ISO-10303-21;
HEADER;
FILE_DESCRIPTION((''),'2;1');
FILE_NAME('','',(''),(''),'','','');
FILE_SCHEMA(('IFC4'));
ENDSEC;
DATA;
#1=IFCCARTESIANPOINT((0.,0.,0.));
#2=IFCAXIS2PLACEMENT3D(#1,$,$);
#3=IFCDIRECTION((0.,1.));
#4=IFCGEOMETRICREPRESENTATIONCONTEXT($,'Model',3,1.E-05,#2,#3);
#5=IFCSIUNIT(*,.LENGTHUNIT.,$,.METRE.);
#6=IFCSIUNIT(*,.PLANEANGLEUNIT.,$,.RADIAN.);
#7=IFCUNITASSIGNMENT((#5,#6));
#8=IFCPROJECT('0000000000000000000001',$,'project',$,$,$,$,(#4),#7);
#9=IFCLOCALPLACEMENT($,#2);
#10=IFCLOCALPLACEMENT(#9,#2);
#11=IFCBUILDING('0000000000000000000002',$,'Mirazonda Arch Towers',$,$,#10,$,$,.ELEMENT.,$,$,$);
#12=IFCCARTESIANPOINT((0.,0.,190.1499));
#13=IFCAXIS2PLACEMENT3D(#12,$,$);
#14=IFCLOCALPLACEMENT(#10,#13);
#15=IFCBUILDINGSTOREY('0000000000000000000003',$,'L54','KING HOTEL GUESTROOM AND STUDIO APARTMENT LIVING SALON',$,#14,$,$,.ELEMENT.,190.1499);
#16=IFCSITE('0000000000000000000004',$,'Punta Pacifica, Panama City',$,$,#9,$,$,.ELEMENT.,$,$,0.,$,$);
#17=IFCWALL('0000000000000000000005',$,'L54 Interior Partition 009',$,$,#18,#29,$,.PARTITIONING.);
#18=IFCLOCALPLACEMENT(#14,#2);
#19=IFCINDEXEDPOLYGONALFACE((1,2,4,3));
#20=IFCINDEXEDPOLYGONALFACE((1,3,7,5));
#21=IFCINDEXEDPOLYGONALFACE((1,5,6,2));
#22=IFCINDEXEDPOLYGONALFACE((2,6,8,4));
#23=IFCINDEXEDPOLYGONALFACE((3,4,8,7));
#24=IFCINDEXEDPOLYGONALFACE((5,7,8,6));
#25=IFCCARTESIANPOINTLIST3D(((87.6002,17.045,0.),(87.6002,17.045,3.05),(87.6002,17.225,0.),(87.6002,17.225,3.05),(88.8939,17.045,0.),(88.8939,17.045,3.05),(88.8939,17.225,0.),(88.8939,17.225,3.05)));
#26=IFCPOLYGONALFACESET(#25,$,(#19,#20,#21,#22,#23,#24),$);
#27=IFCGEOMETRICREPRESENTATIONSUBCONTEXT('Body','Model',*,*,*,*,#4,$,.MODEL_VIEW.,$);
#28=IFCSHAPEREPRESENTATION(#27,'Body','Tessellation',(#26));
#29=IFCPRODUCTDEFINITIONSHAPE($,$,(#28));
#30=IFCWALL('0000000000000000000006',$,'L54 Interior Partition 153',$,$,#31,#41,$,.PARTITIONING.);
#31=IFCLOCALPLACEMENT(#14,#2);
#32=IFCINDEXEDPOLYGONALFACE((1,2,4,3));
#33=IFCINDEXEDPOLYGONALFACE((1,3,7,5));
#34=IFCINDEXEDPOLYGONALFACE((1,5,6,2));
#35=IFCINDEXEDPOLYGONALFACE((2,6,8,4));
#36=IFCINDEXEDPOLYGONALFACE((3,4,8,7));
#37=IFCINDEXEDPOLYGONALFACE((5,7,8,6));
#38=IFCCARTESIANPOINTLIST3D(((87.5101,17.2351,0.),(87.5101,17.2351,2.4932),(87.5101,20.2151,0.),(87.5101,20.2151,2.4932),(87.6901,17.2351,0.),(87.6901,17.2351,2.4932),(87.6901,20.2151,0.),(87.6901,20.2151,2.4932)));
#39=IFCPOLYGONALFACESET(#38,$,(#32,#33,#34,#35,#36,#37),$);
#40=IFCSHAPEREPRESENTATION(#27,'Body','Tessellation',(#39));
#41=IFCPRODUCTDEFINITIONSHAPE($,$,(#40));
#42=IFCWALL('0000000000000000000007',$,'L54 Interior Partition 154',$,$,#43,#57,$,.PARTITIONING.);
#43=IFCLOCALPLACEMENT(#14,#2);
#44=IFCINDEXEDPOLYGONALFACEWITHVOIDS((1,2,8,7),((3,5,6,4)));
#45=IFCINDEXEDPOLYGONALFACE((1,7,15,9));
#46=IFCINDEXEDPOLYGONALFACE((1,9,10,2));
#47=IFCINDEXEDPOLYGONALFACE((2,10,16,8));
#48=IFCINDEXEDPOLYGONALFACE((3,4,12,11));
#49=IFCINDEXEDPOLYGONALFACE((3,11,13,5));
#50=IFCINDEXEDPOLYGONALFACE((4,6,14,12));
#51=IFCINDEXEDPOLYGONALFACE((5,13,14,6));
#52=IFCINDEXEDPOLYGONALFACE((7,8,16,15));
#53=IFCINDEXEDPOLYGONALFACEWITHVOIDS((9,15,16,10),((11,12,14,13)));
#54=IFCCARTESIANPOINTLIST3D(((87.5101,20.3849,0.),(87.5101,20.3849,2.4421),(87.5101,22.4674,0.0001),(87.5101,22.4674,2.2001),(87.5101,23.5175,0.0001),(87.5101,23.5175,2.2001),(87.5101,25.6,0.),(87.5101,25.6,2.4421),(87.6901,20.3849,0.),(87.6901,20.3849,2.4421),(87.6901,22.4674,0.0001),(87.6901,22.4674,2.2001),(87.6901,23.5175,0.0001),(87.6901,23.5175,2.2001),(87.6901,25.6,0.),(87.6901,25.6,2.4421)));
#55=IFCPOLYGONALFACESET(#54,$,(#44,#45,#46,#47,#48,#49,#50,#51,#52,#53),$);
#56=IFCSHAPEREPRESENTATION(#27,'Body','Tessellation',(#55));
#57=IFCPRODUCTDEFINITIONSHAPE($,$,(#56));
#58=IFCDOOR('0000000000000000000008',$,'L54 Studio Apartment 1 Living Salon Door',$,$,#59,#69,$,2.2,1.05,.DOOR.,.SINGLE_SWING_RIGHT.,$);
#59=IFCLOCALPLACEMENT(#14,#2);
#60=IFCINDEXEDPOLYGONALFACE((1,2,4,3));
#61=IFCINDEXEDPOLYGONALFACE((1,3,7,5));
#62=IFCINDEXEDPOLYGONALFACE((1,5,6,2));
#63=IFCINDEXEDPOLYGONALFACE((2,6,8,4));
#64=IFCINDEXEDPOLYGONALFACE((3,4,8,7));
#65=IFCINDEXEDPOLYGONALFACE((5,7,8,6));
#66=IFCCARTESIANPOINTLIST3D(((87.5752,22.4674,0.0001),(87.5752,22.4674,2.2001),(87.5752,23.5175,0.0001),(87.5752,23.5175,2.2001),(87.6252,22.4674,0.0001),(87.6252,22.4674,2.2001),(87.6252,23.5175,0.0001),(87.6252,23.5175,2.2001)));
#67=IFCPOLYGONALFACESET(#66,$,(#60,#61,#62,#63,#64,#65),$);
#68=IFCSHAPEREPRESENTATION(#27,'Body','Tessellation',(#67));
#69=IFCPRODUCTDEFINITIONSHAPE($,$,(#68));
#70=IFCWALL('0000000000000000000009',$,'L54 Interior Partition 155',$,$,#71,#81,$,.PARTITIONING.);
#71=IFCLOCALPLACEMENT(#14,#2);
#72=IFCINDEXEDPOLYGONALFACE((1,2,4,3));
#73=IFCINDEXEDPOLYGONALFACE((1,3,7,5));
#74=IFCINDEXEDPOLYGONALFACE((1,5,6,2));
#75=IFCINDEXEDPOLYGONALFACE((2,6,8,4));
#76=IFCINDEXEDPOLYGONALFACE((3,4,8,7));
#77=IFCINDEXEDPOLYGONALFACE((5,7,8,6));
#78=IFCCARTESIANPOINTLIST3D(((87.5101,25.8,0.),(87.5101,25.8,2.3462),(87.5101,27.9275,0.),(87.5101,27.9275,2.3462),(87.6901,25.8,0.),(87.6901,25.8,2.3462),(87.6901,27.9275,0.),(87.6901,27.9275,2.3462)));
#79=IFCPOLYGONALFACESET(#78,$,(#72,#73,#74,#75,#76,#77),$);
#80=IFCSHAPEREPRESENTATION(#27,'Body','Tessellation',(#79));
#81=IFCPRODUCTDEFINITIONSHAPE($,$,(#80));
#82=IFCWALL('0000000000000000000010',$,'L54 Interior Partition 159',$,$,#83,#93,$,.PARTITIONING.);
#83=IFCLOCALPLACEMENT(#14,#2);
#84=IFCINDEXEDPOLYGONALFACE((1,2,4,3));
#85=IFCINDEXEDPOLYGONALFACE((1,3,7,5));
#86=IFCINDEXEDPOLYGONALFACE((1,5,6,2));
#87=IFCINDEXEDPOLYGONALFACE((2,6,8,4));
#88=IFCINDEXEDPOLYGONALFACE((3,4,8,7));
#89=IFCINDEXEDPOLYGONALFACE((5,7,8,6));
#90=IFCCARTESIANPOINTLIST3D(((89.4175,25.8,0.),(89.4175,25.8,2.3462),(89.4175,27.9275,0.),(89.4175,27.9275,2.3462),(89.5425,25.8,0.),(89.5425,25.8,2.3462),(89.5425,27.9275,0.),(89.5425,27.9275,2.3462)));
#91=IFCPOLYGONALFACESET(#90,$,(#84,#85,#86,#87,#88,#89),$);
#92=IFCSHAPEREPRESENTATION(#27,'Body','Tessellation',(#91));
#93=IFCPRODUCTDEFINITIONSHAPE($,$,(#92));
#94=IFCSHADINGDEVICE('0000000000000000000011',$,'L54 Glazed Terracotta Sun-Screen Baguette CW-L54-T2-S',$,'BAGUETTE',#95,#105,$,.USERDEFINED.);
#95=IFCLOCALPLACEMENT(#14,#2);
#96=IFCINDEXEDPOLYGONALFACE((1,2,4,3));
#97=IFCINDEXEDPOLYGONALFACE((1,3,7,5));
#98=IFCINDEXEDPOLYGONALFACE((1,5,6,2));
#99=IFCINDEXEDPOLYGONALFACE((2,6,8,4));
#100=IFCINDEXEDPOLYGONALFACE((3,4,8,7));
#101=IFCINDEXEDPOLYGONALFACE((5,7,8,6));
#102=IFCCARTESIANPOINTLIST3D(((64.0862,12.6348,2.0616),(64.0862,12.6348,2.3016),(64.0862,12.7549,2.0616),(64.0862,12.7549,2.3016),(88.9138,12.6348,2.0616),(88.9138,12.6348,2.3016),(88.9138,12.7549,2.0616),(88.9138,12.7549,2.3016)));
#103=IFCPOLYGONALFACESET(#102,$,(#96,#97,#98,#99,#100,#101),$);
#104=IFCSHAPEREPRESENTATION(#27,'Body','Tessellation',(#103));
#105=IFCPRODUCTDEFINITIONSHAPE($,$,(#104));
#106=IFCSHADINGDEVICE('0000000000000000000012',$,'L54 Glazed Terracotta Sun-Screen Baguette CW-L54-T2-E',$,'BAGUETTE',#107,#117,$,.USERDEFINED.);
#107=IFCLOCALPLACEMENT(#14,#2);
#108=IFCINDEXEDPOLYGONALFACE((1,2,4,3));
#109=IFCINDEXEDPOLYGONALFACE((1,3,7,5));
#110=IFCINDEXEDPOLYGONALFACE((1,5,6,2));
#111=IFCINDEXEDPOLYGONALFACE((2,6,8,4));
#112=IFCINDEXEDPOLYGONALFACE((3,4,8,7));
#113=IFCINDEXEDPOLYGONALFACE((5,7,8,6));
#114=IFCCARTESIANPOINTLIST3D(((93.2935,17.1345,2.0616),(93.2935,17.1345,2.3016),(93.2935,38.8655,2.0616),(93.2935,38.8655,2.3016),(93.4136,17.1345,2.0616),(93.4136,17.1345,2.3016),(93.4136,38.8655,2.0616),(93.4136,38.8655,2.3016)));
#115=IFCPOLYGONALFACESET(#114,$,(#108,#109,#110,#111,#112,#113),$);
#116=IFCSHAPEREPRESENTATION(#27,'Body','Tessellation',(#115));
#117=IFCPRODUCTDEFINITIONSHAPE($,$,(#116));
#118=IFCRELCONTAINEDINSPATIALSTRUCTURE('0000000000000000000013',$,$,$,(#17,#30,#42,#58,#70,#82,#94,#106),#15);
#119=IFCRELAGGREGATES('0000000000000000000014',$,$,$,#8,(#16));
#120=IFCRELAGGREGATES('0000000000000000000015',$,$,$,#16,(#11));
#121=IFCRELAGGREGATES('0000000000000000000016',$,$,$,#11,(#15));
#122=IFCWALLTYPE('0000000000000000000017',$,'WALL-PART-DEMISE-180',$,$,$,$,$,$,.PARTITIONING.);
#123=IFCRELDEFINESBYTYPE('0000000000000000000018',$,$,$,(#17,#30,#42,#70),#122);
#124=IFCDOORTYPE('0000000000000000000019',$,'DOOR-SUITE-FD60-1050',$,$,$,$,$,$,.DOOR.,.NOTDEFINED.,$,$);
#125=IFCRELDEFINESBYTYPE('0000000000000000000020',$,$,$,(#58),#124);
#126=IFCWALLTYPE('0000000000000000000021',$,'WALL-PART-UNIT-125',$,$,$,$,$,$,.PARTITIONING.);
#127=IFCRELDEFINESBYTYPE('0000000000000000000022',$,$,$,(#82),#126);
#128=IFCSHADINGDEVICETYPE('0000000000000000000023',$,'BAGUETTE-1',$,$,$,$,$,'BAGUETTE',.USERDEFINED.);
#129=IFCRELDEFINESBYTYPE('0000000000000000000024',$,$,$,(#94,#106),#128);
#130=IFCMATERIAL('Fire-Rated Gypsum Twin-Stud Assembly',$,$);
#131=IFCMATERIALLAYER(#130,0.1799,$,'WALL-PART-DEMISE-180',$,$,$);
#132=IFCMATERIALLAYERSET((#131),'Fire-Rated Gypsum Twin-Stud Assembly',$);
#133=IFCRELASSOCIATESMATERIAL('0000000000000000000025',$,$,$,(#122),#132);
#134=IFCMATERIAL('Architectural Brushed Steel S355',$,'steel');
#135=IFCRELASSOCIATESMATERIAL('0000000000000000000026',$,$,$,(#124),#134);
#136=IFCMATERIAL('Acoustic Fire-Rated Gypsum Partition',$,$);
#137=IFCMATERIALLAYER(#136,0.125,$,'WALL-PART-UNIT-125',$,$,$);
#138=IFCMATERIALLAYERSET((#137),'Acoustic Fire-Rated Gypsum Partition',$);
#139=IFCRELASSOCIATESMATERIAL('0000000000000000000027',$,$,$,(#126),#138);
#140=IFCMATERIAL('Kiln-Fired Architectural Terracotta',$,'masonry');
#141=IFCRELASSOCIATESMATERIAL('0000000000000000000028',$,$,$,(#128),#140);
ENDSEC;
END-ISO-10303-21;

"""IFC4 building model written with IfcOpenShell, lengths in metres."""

from ifc_helpers import new_model, si_unit, direction, frame, frame_2d, origin, origin_2d, place, context, subcontext, project, spatial, rectangle, extrude, material, layer, layer_set, material_profile, profile_set, type_object, element, fill, save


model = new_model("IFC4")

# Units and contexts
model_context = context("Model", 3, precision=1e-05, world=origin(), true_north=direction((0.0, 1.0)))
body_context = subcontext(model_context, "Body", "Model", "MODEL_VIEW")
ifc_project = project(units=[si_unit("LENGTHUNIT", "METRE"), si_unit("PLANEANGLEUNIT", "RADIAN")], contexts=[model_context])

# Site, building, storey
site_placement = place(None, origin())
site = spatial("IfcSite", under=ifc_project, at=site_placement, Name="Punta Pacifica, Panama City", CompositionType="ELEMENT", RefElevation=0.0)
building_placement = place(site_placement, origin())
building = spatial("IfcBuilding", under=site, at=building_placement, Name="Mirazonda Arch Towers", CompositionType="ELEMENT")
storey_placement = place(building_placement, frame((0.0, 0.0, 190.1499)))
storey = spatial("IfcBuildingStorey", under=building, at=storey_placement, Name="L54", Description="KING HOTEL GUESTROOM AND STUDIO APARTMENT LIVING SALON", CompositionType="ELEMENT", Elevation=190.1499)

# Wall
ifc_material_1 = material(Name="Fire-Rated Gypsum Twin-Stud Assembly")
ifc_layer_1 = layer(ifc_material_1, 0.1799, Name="WALL-PART-DEMISE-180")
ifc_layer_set_1 = layer_set([ifc_layer_1], Name="Fire-Rated Gypsum Twin-Stud Assembly")
wall_type_1 = type_object("IfcWallType", Name="WALL-PART-DEMISE-180", PredefinedType="PARTITIONING", material=ifc_layer_set_1)
wall_1_placement = place(storey_placement, frame((87.6001, 17.135, 0.0), z_axis=(0.0, 0.0, 1.0), x_axis=(1.0, 0.0, 0.0)))
element("IfcWall", 1, at=wall_1_placement, inside=storey, type_object=wall_type_1, Name="L54 Interior Partition 009", PredefinedType="PARTITIONING", context=body_context, shape_type="SweptSolid", body=[
    extrude(rectangle(XDim=1.2937, YDim=0.1799, at=frame_2d((0.647, 0.0))), origin(), (0.0, 0.0, 1.0), 3.05),
])

# Shared definitions
ifc_material_2 = material(Name="Architectural Brushed Steel S355", Category="steel")

# Wall
wall_2_placement = place(storey_placement, frame((87.6001, 17.2351, 0.0), z_axis=(0.0, 0.0, 1.0), x_axis=(0.0, 1.0, 0.0)))
element("IfcWall", 2, at=wall_2_placement, inside=storey, type_object=wall_type_1, Name="L54 Interior Partition 153", PredefinedType="PARTITIONING", context=body_context, shape_type="SweptSolid", body=[
    extrude(rectangle(XDim=2.98, YDim=0.1799, at=frame_2d((1.49, 0.0))), origin(), (0.0, 0.0, 1.0), 2.4932),
])

# Wall, opening, door
wall_3_placement = place(storey_placement, frame((87.6001, 20.385, 0.0), z_axis=(0.0, 0.0, 1.0), x_axis=(0.0, 1.0, 0.0)))
wall_3 = element("IfcWall", 3, at=wall_3_placement, inside=storey, type_object=wall_type_1, Name="L54 Interior Partition 154", PredefinedType="PARTITIONING", context=body_context, shape_type="SweptSolid", body=[
    extrude(rectangle(XDim=5.2151, YDim=0.1799, at=frame_2d((2.6074, 0.0))), origin(), (0.0, 0.0, 1.0), 2.4421),
])
opening_1_placement = place(wall_3_placement, frame((2.0825, 0.0, 0.0)))
opening_1 = element("IfcOpeningElement", 4, at=opening_1_placement, cuts=wall_3, PredefinedType="OPENING", context=body_context, shape_type="SweptSolid", body=[
    extrude(rectangle(XDim=1.05, YDim=2.2, at=frame_2d((0.5249, 1.1001))), frame((0.0, 0.0999, 0.0), z_axis=(0.0, -1.0, 0.0), x_axis=(1.0, 0.0, 0.0)), (0.0, 0.0, 1.0), 0.2),
])
door_type_1 = type_object("IfcDoorType", Name="DOOR-SUITE-FD60-1050", OperationType="NOTDEFINED", PredefinedType="DOOR", material=ifc_material_2)
door_1_placement = place(opening_1_placement, origin())
door_1 = element("IfcDoor", 5, at=door_1_placement, inside=storey, type_object=door_type_1, Name="L54 Studio Apartment 1 Living Salon Door", OperationType="SINGLE_SWING_RIGHT", OverallHeight=2.2, OverallWidth=1.05, PredefinedType="DOOR", context=body_context, shape_type="SweptSolid", body=[
    extrude(rectangle(XDim=1.05, YDim=2.2, at=frame_2d((0.5249, 1.1001))), frame((0.0, 0.0249, 0.0), z_axis=(0.0, -1.0, 0.0), x_axis=(1.0, 0.0, 0.0)), (0.0, 0.0, 1.0), 0.05),
])
fill(opening_1, door_1)

# Walls
wall_4_placement = place(storey_placement, frame((87.6001, 25.8, 0.0), z_axis=(0.0, 0.0, 1.0), x_axis=(0.0, 1.0, 0.0)))
element("IfcWall", 6, at=wall_4_placement, inside=storey, type_object=wall_type_1, Name="L54 Interior Partition 155", PredefinedType="PARTITIONING", context=body_context, shape_type="SweptSolid", body=[
    extrude(rectangle(XDim=2.1274, YDim=0.1799, at=frame_2d((1.0637, 0.0))), origin(), (0.0, 0.0, 1.0), 2.3462),
])
ifc_material_3 = material(Name="Acoustic Fire-Rated Gypsum Partition")
ifc_layer_2 = layer(ifc_material_3, 0.125, Name="WALL-PART-UNIT-125")
ifc_layer_set_2 = layer_set([ifc_layer_2], Name="Acoustic Fire-Rated Gypsum Partition")
wall_type_2 = type_object("IfcWallType", Name="WALL-PART-UNIT-125", PredefinedType="PARTITIONING", material=ifc_layer_set_2)
wall_5_placement = place(storey_placement, frame((89.48, 25.8, 0.0), z_axis=(0.0, 0.0, 1.0), x_axis=(0.0, 1.0, 0.0)))
element("IfcWall", 7, at=wall_5_placement, inside=storey, type_object=wall_type_2, Name="L54 Interior Partition 159", PredefinedType="PARTITIONING", context=body_context, shape_type="SweptSolid", body=[
    extrude(rectangle(XDim=2.1274, YDim=0.125, at=frame_2d((1.0637, 0.0))), origin(), (0.0, 0.0, 1.0), 2.3462),
])

# Shading devices
ifc_material_4 = material(Name="Kiln-Fired Architectural Terracotta", Category="masonry")
ifc_material_profile_1 = material_profile(ifc_material_4, rectangle(XDim=0.1201, YDim=0.24, at=origin_2d()), Name="TERRA-BAG-120x240")
ifc_profile_set_1 = profile_set([ifc_material_profile_1], Name="Kiln-Fired Architectural Terracotta")
shading_device_type = type_object("IfcShadingDeviceType", Name="BAGUETTE-1", ElementType="BAGUETTE", PredefinedType="USERDEFINED", material=ifc_profile_set_1)
shading_device_1_placement = place(storey_placement, frame((88.9138, 12.6948, 2.1816), z_axis=(-1.0, 0.0, 0.0), x_axis=(0.0, -1.0, 0.0)))
element("IfcShadingDevice", 8, at=shading_device_1_placement, inside=storey, type_object=shading_device_type, Name="L54 Glazed Terracotta Sun-Screen Baguette CW-L54-T2-S", ObjectType="BAGUETTE", PredefinedType="USERDEFINED", context=body_context, shape_type="SweptSolid", body=[
    extrude(rectangle(XDim=0.1201, YDim=0.24, at=origin_2d()), origin(), (0.0, 0.0, 1.0), 24.8276),
])
shading_device_2_placement = place(storey_placement, frame((93.3535, 17.1345, 2.1816), z_axis=(0.0, 1.0, 0.0), x_axis=(-1.0, 0.0, 0.0)))
element("IfcShadingDevice", 9, at=shading_device_2_placement, inside=storey, type_object=shading_device_type, Name="L54 Glazed Terracotta Sun-Screen Baguette CW-L54-T2-E", ObjectType="BAGUETTE", PredefinedType="USERDEFINED", context=body_context, shape_type="SweptSolid", body=[
    extrude(rectangle(XDim=0.1201, YDim=0.24, at=origin_2d()), origin(), (0.0, 0.0, 1.0), 21.731),
])

save(model, "model.ifc")
